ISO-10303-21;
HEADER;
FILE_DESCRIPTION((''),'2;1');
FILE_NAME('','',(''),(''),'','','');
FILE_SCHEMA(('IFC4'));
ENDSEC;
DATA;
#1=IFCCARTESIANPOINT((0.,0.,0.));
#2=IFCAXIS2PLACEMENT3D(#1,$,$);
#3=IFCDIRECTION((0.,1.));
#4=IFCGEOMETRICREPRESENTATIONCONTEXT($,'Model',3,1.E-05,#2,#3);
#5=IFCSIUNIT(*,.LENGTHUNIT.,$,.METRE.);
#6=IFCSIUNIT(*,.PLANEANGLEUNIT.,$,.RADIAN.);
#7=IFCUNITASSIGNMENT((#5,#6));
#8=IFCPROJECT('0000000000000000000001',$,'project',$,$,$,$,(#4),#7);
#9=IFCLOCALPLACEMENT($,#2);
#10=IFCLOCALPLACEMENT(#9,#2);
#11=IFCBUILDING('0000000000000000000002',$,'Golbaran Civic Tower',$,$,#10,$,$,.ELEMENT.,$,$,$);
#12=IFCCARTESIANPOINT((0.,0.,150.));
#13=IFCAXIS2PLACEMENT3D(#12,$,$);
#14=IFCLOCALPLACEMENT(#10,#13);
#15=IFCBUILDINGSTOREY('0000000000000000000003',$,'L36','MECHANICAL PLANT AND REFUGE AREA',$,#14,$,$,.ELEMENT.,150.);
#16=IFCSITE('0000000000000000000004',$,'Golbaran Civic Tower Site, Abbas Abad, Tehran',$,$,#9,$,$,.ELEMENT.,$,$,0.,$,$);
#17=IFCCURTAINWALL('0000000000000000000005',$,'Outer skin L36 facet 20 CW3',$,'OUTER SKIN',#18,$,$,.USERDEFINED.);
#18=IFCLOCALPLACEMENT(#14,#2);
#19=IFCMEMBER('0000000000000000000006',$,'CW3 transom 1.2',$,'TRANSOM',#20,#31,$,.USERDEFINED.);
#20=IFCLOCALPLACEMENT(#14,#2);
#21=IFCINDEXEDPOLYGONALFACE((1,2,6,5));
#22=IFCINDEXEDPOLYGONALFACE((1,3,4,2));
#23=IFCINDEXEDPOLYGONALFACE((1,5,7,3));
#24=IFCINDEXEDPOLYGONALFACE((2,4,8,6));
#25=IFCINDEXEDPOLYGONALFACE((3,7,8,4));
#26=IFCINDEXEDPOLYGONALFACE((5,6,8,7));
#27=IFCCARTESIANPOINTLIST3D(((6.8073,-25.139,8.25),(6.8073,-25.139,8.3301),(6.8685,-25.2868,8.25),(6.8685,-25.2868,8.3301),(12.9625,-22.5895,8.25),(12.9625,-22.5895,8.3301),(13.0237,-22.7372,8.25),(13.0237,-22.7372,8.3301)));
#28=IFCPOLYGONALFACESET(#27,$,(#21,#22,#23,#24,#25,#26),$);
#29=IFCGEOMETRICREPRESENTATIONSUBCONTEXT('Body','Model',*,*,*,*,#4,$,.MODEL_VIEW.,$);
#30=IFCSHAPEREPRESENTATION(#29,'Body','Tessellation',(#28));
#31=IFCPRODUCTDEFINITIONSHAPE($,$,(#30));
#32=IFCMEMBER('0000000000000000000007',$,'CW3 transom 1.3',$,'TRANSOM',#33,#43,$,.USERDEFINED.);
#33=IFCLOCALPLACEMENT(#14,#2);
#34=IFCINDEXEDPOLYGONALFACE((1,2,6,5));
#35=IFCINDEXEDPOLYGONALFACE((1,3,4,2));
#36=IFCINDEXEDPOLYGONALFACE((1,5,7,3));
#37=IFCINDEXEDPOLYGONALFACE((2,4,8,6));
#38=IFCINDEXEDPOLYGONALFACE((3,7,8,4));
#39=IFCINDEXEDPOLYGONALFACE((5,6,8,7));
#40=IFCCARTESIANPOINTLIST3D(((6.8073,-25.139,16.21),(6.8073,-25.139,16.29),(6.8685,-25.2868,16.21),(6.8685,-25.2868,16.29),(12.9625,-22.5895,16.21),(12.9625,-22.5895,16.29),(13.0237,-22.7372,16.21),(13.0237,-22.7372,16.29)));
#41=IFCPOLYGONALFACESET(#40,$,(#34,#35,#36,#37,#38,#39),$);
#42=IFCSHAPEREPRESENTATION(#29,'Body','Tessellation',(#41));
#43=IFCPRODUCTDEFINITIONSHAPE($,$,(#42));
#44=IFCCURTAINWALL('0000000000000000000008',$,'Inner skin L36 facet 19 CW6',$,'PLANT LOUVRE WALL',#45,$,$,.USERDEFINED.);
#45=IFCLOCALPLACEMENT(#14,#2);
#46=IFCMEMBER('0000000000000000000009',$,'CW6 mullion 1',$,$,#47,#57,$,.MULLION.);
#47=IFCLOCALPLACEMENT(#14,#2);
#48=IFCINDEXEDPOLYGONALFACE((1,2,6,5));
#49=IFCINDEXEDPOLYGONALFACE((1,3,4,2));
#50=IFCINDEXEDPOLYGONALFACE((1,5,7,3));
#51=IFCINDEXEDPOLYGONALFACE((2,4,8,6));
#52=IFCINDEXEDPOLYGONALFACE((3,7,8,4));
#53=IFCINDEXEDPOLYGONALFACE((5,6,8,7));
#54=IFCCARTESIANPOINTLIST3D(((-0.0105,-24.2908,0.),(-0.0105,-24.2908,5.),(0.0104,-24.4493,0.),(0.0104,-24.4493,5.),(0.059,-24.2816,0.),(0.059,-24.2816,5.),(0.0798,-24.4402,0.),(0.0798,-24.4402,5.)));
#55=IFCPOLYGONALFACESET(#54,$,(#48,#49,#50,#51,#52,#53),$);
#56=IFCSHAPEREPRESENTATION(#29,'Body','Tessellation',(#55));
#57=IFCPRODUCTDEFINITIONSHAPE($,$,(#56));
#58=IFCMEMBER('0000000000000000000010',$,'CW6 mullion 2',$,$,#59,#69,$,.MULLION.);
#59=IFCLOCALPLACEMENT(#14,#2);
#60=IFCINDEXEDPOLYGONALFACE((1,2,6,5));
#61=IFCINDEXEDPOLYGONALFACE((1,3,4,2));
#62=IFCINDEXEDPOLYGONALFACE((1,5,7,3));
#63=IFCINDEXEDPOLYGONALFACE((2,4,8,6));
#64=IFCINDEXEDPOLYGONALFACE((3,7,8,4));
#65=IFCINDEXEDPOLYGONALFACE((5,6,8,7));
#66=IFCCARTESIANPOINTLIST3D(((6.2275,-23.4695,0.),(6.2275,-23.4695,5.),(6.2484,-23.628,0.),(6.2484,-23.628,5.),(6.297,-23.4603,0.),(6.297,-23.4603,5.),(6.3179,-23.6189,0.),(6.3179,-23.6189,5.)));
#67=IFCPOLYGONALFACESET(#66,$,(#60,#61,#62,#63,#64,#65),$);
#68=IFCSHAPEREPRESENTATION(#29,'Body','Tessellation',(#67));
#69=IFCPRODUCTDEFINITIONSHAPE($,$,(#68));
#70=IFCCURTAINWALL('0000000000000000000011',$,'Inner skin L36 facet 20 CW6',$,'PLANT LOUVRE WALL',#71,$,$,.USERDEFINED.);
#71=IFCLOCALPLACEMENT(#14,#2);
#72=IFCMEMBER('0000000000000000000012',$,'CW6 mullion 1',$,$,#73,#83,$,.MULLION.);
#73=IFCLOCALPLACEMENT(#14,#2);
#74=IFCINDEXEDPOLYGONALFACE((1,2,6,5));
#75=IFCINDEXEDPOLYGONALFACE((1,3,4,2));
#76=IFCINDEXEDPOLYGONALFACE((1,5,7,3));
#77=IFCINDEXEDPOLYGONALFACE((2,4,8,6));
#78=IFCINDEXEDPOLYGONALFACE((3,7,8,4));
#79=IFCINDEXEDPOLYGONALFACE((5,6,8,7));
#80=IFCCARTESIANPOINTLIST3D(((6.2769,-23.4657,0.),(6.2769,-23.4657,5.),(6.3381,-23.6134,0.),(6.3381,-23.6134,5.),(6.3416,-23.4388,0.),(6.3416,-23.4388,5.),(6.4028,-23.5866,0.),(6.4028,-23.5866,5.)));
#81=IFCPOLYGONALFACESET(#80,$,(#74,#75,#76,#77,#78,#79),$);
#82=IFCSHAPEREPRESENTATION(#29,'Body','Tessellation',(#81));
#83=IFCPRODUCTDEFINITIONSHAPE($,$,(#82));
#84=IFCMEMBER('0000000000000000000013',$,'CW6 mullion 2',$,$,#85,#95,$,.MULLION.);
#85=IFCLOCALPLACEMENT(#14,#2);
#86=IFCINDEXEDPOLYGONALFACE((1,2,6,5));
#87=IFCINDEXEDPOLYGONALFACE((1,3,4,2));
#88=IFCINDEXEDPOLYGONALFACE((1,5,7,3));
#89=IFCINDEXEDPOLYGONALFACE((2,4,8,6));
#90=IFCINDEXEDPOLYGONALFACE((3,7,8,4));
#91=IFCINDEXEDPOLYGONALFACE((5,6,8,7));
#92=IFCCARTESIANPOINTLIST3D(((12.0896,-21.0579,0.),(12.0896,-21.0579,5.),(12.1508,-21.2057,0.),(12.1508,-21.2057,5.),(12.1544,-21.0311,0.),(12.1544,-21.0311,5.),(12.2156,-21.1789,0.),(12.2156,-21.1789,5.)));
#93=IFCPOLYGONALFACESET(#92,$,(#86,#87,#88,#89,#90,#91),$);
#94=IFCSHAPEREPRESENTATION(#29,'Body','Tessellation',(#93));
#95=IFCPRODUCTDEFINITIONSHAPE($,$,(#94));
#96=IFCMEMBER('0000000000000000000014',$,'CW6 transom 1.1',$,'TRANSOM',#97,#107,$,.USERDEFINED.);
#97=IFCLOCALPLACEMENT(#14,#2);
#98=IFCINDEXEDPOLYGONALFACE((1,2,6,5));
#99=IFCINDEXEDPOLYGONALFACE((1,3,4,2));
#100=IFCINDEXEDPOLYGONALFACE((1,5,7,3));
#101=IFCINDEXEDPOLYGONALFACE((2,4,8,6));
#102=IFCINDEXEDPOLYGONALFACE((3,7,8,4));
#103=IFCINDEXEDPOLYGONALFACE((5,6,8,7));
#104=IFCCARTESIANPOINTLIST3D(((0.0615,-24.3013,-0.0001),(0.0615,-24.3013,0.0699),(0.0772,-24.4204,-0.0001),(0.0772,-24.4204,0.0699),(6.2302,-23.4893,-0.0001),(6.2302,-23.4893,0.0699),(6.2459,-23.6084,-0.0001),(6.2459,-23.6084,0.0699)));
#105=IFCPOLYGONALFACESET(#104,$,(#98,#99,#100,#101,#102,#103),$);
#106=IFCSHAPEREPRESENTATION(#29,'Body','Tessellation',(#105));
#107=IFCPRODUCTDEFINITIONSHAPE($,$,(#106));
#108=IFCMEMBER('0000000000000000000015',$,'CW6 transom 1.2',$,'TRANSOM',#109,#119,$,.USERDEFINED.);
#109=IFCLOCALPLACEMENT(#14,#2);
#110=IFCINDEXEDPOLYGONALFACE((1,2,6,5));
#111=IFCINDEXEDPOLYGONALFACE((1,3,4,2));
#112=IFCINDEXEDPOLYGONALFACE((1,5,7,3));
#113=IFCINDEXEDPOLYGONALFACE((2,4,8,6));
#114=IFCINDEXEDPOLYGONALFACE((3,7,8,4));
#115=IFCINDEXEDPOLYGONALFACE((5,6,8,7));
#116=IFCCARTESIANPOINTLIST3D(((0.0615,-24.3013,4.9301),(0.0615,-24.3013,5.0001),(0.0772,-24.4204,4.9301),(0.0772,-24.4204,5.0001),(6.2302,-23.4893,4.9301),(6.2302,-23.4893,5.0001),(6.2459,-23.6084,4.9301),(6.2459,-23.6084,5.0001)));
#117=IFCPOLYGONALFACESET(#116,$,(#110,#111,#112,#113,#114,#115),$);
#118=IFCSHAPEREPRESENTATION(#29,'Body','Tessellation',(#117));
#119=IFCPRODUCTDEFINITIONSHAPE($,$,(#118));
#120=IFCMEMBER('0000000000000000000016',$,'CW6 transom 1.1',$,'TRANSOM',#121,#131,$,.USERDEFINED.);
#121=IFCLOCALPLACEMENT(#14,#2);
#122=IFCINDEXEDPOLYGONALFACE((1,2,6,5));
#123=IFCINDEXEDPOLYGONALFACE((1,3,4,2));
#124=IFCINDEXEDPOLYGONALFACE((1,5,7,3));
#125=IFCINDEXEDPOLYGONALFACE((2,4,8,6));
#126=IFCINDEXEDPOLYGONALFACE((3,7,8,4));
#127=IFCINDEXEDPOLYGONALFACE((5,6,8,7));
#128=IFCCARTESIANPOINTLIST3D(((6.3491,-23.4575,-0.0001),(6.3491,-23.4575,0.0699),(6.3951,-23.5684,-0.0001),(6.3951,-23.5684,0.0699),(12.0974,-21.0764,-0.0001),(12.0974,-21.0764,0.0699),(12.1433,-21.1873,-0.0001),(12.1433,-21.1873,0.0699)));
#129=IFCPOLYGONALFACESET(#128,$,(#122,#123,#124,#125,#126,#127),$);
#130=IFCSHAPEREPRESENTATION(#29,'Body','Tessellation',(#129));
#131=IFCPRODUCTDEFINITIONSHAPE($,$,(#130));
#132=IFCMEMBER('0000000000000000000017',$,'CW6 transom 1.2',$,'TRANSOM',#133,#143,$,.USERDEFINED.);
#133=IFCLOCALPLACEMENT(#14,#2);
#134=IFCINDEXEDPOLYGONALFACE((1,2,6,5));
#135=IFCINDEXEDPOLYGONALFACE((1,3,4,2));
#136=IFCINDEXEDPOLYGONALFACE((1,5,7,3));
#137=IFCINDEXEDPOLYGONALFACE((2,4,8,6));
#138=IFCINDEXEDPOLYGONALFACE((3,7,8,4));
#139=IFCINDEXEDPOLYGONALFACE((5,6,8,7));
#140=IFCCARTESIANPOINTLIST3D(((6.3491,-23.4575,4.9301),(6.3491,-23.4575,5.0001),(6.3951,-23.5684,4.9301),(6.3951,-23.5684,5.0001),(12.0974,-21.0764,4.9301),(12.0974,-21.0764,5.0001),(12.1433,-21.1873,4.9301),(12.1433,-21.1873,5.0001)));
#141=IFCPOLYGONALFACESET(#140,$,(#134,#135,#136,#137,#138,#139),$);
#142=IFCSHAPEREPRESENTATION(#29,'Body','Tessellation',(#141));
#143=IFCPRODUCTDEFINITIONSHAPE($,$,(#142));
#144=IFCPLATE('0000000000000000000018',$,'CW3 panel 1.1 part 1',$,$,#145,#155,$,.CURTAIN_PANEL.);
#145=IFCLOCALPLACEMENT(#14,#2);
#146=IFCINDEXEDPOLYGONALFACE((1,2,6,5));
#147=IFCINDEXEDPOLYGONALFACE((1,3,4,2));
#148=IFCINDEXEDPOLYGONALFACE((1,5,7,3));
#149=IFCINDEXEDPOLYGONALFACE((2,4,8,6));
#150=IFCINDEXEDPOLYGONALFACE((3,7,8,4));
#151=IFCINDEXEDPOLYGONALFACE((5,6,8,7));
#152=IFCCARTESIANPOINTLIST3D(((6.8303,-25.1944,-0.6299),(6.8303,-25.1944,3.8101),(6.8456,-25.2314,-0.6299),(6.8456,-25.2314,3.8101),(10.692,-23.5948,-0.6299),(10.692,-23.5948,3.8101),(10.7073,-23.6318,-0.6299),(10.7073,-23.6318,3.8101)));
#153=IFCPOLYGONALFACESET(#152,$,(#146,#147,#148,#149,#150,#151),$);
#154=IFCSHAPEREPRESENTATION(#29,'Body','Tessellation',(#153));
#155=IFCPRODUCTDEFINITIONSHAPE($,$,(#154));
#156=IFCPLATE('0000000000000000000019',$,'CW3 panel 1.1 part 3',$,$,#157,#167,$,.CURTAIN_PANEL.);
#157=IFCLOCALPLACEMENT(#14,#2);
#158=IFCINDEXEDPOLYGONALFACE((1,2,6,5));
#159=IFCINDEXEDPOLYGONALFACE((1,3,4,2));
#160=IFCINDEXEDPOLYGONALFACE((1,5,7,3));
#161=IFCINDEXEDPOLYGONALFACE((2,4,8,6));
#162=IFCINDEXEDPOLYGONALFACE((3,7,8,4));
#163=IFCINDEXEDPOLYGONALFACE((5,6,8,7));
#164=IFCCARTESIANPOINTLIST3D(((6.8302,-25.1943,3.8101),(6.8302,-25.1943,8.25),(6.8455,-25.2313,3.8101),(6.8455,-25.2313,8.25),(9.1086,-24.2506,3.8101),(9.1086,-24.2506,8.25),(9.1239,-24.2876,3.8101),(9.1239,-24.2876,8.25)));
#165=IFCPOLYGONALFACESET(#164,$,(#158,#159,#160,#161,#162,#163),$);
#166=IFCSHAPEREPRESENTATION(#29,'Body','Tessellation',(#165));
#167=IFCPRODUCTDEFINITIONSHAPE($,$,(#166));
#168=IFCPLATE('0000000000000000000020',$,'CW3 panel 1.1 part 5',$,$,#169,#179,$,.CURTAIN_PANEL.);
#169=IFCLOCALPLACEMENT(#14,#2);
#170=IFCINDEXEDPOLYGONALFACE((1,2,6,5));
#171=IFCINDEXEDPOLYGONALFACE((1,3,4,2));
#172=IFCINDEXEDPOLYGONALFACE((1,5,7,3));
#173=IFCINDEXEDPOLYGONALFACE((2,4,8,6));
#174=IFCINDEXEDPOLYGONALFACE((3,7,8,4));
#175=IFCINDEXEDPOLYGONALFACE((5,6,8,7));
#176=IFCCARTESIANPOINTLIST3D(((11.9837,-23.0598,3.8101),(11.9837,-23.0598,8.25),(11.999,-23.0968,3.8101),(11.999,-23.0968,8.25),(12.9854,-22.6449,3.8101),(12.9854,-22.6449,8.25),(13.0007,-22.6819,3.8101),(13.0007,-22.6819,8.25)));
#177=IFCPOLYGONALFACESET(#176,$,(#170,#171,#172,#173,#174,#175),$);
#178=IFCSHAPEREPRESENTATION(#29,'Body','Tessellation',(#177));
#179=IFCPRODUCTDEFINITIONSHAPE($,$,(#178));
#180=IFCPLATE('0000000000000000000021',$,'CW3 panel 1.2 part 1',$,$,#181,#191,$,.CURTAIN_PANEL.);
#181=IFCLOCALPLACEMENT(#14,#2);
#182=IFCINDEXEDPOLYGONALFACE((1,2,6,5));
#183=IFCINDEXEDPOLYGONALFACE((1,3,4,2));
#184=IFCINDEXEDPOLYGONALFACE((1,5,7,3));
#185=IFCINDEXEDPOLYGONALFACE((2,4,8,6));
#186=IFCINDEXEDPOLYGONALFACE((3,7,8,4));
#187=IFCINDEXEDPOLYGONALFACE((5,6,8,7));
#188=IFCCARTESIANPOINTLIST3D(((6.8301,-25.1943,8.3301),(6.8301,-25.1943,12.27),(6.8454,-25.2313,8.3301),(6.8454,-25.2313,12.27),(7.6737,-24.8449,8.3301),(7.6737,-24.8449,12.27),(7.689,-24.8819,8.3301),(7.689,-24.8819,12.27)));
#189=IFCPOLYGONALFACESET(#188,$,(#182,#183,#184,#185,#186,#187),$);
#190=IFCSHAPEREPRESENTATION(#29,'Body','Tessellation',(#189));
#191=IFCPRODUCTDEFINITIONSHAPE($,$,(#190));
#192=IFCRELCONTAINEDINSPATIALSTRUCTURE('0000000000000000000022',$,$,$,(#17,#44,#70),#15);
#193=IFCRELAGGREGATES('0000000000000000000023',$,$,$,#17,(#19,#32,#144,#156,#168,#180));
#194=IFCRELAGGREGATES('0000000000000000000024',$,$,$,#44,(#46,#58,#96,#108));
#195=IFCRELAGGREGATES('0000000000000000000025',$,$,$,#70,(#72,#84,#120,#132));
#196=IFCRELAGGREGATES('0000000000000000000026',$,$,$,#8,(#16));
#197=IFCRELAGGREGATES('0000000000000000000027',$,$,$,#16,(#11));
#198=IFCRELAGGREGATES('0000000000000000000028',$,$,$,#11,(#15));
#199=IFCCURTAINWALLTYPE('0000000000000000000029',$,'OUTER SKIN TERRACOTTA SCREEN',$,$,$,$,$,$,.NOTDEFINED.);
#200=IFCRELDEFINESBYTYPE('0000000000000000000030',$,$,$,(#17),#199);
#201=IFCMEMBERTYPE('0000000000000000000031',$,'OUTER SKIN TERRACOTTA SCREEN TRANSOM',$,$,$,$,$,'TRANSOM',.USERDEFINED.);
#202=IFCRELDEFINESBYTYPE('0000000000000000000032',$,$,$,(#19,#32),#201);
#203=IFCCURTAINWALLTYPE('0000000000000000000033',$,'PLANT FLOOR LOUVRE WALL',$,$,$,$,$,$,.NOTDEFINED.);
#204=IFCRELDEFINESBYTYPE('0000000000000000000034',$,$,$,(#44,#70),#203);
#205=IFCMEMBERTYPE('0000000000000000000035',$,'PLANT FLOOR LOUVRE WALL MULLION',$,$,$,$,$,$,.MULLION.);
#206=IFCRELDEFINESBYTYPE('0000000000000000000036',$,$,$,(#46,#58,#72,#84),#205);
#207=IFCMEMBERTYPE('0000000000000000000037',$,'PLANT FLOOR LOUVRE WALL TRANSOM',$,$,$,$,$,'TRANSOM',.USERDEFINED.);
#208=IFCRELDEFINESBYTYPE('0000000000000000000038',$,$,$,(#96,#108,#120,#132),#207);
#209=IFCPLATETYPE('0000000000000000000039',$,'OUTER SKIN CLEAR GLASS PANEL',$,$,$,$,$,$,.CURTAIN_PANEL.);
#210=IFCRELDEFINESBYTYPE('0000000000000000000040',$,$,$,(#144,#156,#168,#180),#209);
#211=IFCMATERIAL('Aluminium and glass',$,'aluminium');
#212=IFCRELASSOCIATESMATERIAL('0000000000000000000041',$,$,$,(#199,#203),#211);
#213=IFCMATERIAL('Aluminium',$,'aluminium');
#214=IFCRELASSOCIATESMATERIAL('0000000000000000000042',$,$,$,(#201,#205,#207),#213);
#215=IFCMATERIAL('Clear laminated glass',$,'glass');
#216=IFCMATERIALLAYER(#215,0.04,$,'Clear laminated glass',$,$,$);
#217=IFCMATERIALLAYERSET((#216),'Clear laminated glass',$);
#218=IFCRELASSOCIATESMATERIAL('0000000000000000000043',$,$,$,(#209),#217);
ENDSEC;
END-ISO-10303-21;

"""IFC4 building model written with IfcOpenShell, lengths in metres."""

from ifc_helpers import new_model, si_unit, direction, frame, origin, origin_2d, place, context, subcontext, project, spatial, rectangle, extrude, material, layer, layer_set, material_profile, profile_set, type_object, element, aggregate, save


model = new_model("IFC4")

# Units and contexts
model_context = context("Model", 3, precision=1e-05, world=origin(), true_north=direction((0.0, 1.0)))
body_context = subcontext(model_context, "Body", "Model", "MODEL_VIEW")
ifc_project = project(units=[si_unit("LENGTHUNIT", "METRE"), si_unit("PLANEANGLEUNIT", "RADIAN")], contexts=[model_context])

# Site, building, storey
site_placement = place(None, origin())
site = spatial("IfcSite", under=ifc_project, at=site_placement, Name="Golbaran Civic Tower Site, Abbas Abad, Tehran", CompositionType="ELEMENT", RefElevation=0.0)
building_placement = place(site_placement, origin())
building = spatial("IfcBuilding", under=site, at=building_placement, Name="Golbaran Civic Tower", CompositionType="ELEMENT")
storey_placement = place(building_placement, frame((0.0, 0.0, 150.0)))
storey = spatial("IfcBuildingStorey", under=building, at=storey_placement, Name="L36", Description="MECHANICAL PLANT AND REFUGE AREA", CompositionType="ELEMENT", Elevation=150.0)

# Shared definitions
ifc_material_1 = material(Name="Aluminium and glass", Category="aluminium")
curtain_wall_type_1 = type_object("IfcCurtainWallType", Name="OUTER SKIN TERRACOTTA SCREEN", PredefinedType="NOTDEFINED", material=ifc_material_1)
ifc_material_2 = material(Name="Aluminium", Category="aluminium")

# Curtain wall
curtain_wall_1_placement = place(storey_placement, origin())
curtain_wall_1 = element("IfcCurtainWall", 1, at=curtain_wall_1_placement, inside=storey, type_object=curtain_wall_type_1, Name="Outer skin L36 facet 20 CW3", ObjectType="OUTER SKIN", PredefinedType="USERDEFINED")

# Members
ifc_material_profile_1 = material_profile(ifc_material_2, rectangle(XDim=0.1599, YDim=0.0801, at=origin_2d()), Name="OUTER SKIN TERRACOTTA SCREEN TRANSOM")
ifc_profile_set_1 = profile_set([ifc_material_profile_1], Name="Aluminium")
member_type_1 = type_object("IfcMemberType", Name="OUTER SKIN TERRACOTTA SCREEN TRANSOM", ElementType="TRANSOM", PredefinedType="USERDEFINED", material=ifc_profile_set_1)
member_1_placement = place(storey_placement, frame((6.8379, -25.2129, 8.29), z_axis=(0.923882, 0.382679, 0.0), x_axis=(-0.382679, 0.923882, 0.0)))
member_1 = element("IfcMember", 2, at=member_1_placement, type_object=member_type_1, Name="CW3 transom 1.2", ObjectType="TRANSOM", PredefinedType="USERDEFINED", context=body_context, shape_type="SweptSolid", body=[
    extrude(rectangle(XDim=0.1599, YDim=0.0801, at=origin_2d()), origin(), (0.0, 0.0, 1.0), 6.6624),
])
member_2_placement = place(storey_placement, frame((6.8379, -25.2129, 16.25), z_axis=(0.923882, 0.382679, 0.0), x_axis=(-0.382679, 0.923882, 0.0)))
member_2 = element("IfcMember", 3, at=member_2_placement, type_object=member_type_1, Name="CW3 transom 1.3", ObjectType="TRANSOM", PredefinedType="USERDEFINED", context=body_context, shape_type="SweptSolid", body=[
    extrude(rectangle(XDim=0.1599, YDim=0.0801, at=origin_2d()), origin(), (0.0, 0.0, 1.0), 6.6624),
])

# Curtain walls, members
curtain_wall_type_2 = type_object("IfcCurtainWallType", Name="PLANT FLOOR LOUVRE WALL", PredefinedType="NOTDEFINED", material=ifc_material_1)
curtain_wall_2_placement = place(storey_placement, origin())
curtain_wall_2 = element("IfcCurtainWall", 4, at=curtain_wall_2_placement, inside=storey, type_object=curtain_wall_type_2, Name="Inner skin L36 facet 19 CW6", ObjectType="PLANT LOUVRE WALL", PredefinedType="USERDEFINED")
ifc_material_profile_2 = material_profile(ifc_material_2, rectangle(XDim=0.1599, YDim=0.0701, at=origin_2d()), Name="PLANT FLOOR LOUVRE WALL MULLION")
ifc_profile_set_2 = profile_set([ifc_material_profile_2], Name="Aluminium")
member_type_2 = type_object("IfcMemberType", Name="PLANT FLOOR LOUVRE WALL MULLION", PredefinedType="MULLION", material=ifc_profile_set_2)
member_3_placement = place(storey_placement, frame((0.0347, -24.3655, 0.0), z_axis=(0.0, 0.0, 1.0), x_axis=(-0.130526, 0.991445, 0.0)))
member_3 = element("IfcMember", 5, at=member_3_placement, type_object=member_type_2, Name="CW6 mullion 1", PredefinedType="MULLION", context=body_context, shape_type="SweptSolid", body=[
    extrude(rectangle(XDim=0.1599, YDim=0.0701, at=origin_2d()), origin(), (0.0, 0.0, 1.0), 5.0),
])
member_4_placement = place(storey_placement, frame((6.2727, -23.5442, 0.0), z_axis=(0.0, 0.0, 1.0), x_axis=(-0.130526, 0.991445, 0.0)))
member_4 = element("IfcMember", 6, at=member_4_placement, type_object=member_type_2, Name="CW6 mullion 2", PredefinedType="MULLION", context=body_context, shape_type="SweptSolid", body=[
    extrude(rectangle(XDim=0.1599, YDim=0.0701, at=origin_2d()), origin(), (0.0, 0.0, 1.0), 5.0),
])
curtain_wall_3_placement = place(storey_placement, origin())
curtain_wall_3 = element("IfcCurtainWall", 7, at=curtain_wall_3_placement, inside=storey, type_object=curtain_wall_type_2, Name="Inner skin L36 facet 20 CW6", ObjectType="PLANT LOUVRE WALL", PredefinedType="USERDEFINED")
member_5_placement = place(storey_placement, frame((6.3398, -23.5261, 0.0), z_axis=(0.0, 0.0, 1.0), x_axis=(-0.382683, 0.92388, 0.0)))
member_5 = element("IfcMember", 8, at=member_5_placement, type_object=member_type_2, Name="CW6 mullion 1", PredefinedType="MULLION", context=body_context, shape_type="SweptSolid", body=[
    extrude(rectangle(XDim=0.1599, YDim=0.0701, at=origin_2d()), origin(), (0.0, 0.0, 1.0), 5.0),
])
member_6_placement = place(storey_placement, frame((12.1526, -21.1184, 0.0), z_axis=(0.0, 0.0, 1.0), x_axis=(-0.382683, 0.92388, 0.0)))
member_6 = element("IfcMember", 9, at=member_6_placement, type_object=member_type_2, Name="CW6 mullion 2", PredefinedType="MULLION", context=body_context, shape_type="SweptSolid", body=[
    extrude(rectangle(XDim=0.1599, YDim=0.0701, at=origin_2d()), origin(), (0.0, 0.0, 1.0), 5.0),
])

# Members
ifc_material_profile_3 = material_profile(ifc_material_2, rectangle(XDim=0.1201, YDim=0.0701, at=origin_2d()), Name="PLANT FLOOR LOUVRE WALL TRANSOM")
ifc_profile_set_3 = profile_set([ifc_material_profile_3], Name="Aluminium")
member_type_3 = type_object("IfcMemberType", Name="PLANT FLOOR LOUVRE WALL TRANSOM", ElementType="TRANSOM", PredefinedType="USERDEFINED", material=ifc_profile_set_3)
member_7_placement = place(storey_placement, frame((0.0693, -24.3608, 0.0349), z_axis=(0.991447, 0.130508, 0.0), x_axis=(-0.130508, 0.991447, 0.0)))
member_7 = element("IfcMember", 10, at=member_7_placement, type_object=member_type_3, Name="CW6 transom 1.1", ObjectType="TRANSOM", PredefinedType="USERDEFINED", context=body_context, shape_type="SweptSolid", body=[
    extrude(rectangle(XDim=0.1201, YDim=0.0701, at=origin_2d()), origin(), (0.0, 0.0, 1.0), 6.2219),
])
member_8_placement = place(storey_placement, frame((0.0693, -24.3608, 4.9651), z_axis=(0.991447, 0.130508, 0.0), x_axis=(-0.130508, 0.991447, 0.0)))
member_8 = element("IfcMember", 11, at=member_8_placement, type_object=member_type_3, Name="CW6 transom 1.2", ObjectType="TRANSOM", PredefinedType="USERDEFINED", context=body_context, shape_type="SweptSolid", body=[
    extrude(rectangle(XDim=0.1201, YDim=0.0701, at=origin_2d()), origin(), (0.0, 0.0, 1.0), 6.2219),
])
member_9_placement = place(storey_placement, frame((6.3721, -23.5129, 0.0349), z_axis=(0.923875, 0.382695, 0.0), x_axis=(-0.382695, 0.923875, 0.0)))
member_9 = element("IfcMember", 12, at=member_9_placement, type_object=member_type_3, Name="CW6 transom 1.1", ObjectType="TRANSOM", PredefinedType="USERDEFINED", context=body_context, shape_type="SweptSolid", body=[
    extrude(rectangle(XDim=0.1201, YDim=0.0701, at=origin_2d()), origin(), (0.0, 0.0, 1.0), 6.2219),
])
member_10_placement = place(storey_placement, frame((6.3721, -23.5129, 4.9651), z_axis=(0.923875, 0.382695, 0.0), x_axis=(-0.382695, 0.923875, 0.0)))
member_10 = element("IfcMember", 13, at=member_10_placement, type_object=member_type_3, Name="CW6 transom 1.2", ObjectType="TRANSOM", PredefinedType="USERDEFINED", context=body_context, shape_type="SweptSolid", body=[
    extrude(rectangle(XDim=0.1201, YDim=0.0701, at=origin_2d()), origin(), (0.0, 0.0, 1.0), 6.2219),
])

# Plates
ifc_material_3 = material(Name="Clear laminated glass", Category="glass")
ifc_layer_1 = layer(ifc_material_3, 0.04, Name="Clear laminated glass")
ifc_layer_set_1 = layer_set([ifc_layer_1], Name="Clear laminated glass")
plate_type_1 = type_object("IfcPlateType", Name="OUTER SKIN CLEAR GLASS PANEL", PredefinedType="CURTAIN_PANEL", material=ifc_layer_set_1)
plate_1_placement = place(storey_placement, frame((8.7688, -24.4131, -0.6299), z_axis=(0.0, 0.0, 1.0), x_axis=(0.92388, 0.382683, 0.0)))
plate_1 = element("IfcPlate", 14, at=plate_1_placement, type_object=plate_type_1, Name="CW3 panel 1.1 part 1", PredefinedType="CURTAIN_PANEL", context=body_context, shape_type="SweptSolid", body=[
    extrude(rectangle(XDim=4.1799, YDim=0.04, at=origin_2d()), origin(), (0.0, 0.0, 1.0), 4.4399),
])
plate_2_placement = place(storey_placement, frame((7.9771, -24.741, 3.8101), z_axis=(0.0, 0.0, 1.0), x_axis=(0.92388, 0.382683, 0.0)))
plate_2 = element("IfcPlate", 15, at=plate_2_placement, type_object=plate_type_1, Name="CW3 panel 1.1 part 3", PredefinedType="CURTAIN_PANEL", context=body_context, shape_type="SweptSolid", body=[
    extrude(rectangle(XDim=2.4661, YDim=0.04, at=origin_2d()), origin(), (0.0, 0.0, 1.0), 4.4399),
])
plate_3_placement = place(storey_placement, frame((12.4922, -22.8708, 3.8101), z_axis=(0.0, 0.0, 1.0), x_axis=(0.92388, 0.382683, 0.0)))
plate_3 = element("IfcPlate", 16, at=plate_3_placement, type_object=plate_type_1, Name="CW3 panel 1.1 part 5", PredefinedType="CURTAIN_PANEL", context=body_context, shape_type="SweptSolid", body=[
    extrude(rectangle(XDim=1.0842, YDim=0.04, at=origin_2d()), origin(), (0.0, 0.0, 1.0), 4.4399),
])
plate_4_placement = place(storey_placement, frame((7.2595, -25.0381, 8.3301), z_axis=(0.0, 0.0, 1.0), x_axis=(0.92388, 0.382683, 0.0)))
plate_4 = element("IfcPlate", 17, at=plate_4_placement, type_object=plate_type_1, Name="CW3 panel 1.2 part 1", PredefinedType="CURTAIN_PANEL", context=body_context, shape_type="SweptSolid", body=[
    extrude(rectangle(XDim=0.9131, YDim=0.04, at=origin_2d()), origin(), (0.0, 0.0, 1.0), 3.9399),
])
aggregate(curtain_wall_1, [member_1, member_2, plate_1, plate_2, plate_3, plate_4])
aggregate(curtain_wall_2, [member_3, member_4, member_7, member_8])
aggregate(curtain_wall_3, [member_5, member_6, member_9, member_10])

save(model, "model.ifc")
